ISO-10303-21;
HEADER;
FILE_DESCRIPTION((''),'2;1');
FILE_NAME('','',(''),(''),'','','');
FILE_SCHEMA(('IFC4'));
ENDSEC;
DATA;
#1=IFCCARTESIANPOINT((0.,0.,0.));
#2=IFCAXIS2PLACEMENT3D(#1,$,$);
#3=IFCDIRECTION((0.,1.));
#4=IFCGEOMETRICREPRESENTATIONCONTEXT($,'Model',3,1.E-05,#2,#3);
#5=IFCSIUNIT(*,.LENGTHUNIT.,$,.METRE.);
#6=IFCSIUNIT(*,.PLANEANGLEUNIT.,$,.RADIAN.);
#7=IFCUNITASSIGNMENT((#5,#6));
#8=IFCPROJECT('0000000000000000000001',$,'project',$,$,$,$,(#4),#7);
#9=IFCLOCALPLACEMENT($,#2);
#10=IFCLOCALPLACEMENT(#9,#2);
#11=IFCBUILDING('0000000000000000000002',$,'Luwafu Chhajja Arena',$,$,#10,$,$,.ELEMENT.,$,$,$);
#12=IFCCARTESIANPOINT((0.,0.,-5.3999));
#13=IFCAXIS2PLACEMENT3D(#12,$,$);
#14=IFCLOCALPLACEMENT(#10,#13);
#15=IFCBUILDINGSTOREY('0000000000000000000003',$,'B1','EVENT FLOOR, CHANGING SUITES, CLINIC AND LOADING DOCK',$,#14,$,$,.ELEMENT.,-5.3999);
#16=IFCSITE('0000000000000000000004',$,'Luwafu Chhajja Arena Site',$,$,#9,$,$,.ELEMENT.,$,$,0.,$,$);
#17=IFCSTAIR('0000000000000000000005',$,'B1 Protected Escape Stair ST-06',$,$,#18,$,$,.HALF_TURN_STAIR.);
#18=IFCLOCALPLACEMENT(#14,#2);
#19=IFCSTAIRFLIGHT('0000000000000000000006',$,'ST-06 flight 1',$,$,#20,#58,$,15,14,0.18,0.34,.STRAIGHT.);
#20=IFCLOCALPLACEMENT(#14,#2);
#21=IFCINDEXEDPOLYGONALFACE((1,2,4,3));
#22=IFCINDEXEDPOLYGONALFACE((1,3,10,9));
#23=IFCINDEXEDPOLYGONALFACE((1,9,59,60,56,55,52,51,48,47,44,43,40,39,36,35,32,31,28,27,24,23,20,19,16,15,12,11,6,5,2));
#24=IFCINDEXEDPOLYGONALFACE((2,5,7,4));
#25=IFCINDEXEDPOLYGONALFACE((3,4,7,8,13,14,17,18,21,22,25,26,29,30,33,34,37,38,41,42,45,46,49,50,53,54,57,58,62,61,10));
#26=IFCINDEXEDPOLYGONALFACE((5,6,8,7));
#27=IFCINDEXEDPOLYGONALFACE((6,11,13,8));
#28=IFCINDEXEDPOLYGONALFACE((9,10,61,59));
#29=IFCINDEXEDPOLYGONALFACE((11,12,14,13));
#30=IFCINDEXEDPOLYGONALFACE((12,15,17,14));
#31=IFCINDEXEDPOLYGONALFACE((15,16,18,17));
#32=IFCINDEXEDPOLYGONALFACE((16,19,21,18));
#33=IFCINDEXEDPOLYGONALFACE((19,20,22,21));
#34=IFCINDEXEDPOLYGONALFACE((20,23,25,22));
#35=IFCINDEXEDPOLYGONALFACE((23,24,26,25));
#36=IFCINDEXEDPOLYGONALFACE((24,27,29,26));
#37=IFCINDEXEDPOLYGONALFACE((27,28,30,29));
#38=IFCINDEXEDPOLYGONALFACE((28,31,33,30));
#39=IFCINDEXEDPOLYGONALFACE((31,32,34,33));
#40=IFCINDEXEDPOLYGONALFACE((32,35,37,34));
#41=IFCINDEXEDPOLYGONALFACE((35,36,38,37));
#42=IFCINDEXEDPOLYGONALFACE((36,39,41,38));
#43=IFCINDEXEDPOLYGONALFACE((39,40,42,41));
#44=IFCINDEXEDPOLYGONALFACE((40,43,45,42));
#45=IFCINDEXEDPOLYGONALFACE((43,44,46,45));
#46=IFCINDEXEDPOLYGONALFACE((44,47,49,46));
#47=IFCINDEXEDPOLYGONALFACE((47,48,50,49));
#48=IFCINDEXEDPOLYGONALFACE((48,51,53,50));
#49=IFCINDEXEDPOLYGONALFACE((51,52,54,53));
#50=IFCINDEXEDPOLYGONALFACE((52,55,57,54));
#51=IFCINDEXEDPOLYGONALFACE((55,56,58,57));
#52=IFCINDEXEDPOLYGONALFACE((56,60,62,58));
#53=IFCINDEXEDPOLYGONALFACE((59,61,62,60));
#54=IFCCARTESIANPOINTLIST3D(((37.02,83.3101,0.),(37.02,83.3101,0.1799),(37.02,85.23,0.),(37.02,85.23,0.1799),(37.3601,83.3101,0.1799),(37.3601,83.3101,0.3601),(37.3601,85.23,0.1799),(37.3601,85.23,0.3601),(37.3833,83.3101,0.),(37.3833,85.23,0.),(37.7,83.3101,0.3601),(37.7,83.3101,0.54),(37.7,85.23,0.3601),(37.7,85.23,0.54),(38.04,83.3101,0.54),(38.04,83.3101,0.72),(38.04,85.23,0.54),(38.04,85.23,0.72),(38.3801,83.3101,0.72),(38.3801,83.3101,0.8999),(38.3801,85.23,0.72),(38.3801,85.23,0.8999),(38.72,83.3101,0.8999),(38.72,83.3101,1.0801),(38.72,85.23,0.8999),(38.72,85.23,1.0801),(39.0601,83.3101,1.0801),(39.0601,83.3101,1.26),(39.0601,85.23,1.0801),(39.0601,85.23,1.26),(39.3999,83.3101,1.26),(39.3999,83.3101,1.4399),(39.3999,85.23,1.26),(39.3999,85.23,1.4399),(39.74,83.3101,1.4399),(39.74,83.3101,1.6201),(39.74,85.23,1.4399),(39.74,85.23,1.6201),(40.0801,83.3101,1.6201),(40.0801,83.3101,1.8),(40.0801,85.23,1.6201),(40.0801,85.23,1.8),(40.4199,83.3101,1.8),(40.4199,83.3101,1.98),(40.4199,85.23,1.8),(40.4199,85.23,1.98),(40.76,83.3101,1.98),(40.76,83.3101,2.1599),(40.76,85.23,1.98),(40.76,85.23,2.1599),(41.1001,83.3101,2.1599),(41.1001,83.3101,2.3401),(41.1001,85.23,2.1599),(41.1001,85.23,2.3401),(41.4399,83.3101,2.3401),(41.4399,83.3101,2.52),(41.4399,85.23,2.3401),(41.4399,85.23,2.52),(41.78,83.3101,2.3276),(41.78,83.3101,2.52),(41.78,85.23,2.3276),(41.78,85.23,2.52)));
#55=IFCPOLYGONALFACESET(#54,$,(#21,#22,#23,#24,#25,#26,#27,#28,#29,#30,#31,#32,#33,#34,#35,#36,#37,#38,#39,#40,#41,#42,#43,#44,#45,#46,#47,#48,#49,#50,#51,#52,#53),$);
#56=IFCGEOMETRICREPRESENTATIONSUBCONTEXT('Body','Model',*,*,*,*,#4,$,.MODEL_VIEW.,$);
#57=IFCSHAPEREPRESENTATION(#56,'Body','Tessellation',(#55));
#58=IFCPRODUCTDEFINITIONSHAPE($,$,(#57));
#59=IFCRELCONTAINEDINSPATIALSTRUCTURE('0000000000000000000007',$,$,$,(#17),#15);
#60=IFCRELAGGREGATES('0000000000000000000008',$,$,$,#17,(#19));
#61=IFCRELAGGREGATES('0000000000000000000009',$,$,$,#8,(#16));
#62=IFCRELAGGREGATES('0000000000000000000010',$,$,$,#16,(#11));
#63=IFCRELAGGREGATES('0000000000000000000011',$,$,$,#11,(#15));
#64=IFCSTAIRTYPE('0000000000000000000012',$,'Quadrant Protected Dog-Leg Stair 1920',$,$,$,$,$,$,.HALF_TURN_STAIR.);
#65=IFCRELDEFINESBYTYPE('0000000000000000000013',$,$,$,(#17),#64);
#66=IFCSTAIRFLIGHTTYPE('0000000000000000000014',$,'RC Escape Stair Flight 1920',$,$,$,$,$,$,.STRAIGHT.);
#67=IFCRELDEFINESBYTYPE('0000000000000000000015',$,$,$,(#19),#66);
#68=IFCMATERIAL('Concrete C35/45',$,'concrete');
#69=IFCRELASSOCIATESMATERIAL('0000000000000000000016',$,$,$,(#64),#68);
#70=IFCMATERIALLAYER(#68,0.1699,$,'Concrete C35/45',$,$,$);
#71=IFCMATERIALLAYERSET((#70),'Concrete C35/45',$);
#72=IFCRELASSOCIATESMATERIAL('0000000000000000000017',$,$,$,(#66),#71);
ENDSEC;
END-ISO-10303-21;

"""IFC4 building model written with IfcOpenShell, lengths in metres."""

from ifc_helpers import new_model, si_unit, direction, frame, origin, place, context, subcontext, project, spatial, polyline, outline, extrude, material, layer, layer_set, type_object, element, aggregate, save


model = new_model("IFC4")

# Units and contexts
model_context = context("Model", 3, precision=1e-05, world=origin(), true_north=direction((0.0, 1.0)))
body_context = subcontext(model_context, "Body", "Model", "MODEL_VIEW")
ifc_project = project(units=[si_unit("LENGTHUNIT", "METRE"), si_unit("PLANEANGLEUNIT", "RADIAN")], contexts=[model_context])

# Site, building, storey
site_placement = place(None, origin())
site = spatial("IfcSite", under=ifc_project, at=site_placement, Name="Luwafu Chhajja Arena Site", CompositionType="ELEMENT", RefElevation=0.0)
building_placement = place(site_placement, origin())
building = spatial("IfcBuilding", under=site, at=building_placement, Name="Luwafu Chhajja Arena", CompositionType="ELEMENT")
storey_placement = place(building_placement, frame((0.0, 0.0, -5.3999)))
storey = spatial("IfcBuildingStorey", under=building, at=storey_placement, Name="B1", Description="EVENT FLOOR, CHANGING SUITES, CLINIC AND LOADING DOCK", CompositionType="ELEMENT", Elevation=-5.3999)

# Shared definitions
ifc_material_1 = material(Name="Concrete C35/45", Category="concrete")

# Shared definitions
stair_type = type_object("IfcStairType", Name="Quadrant Protected Dog-Leg Stair 1920", PredefinedType="HALF_TURN_STAIR", material=ifc_material_1)
ifc_layer_1 = layer(ifc_material_1, 0.1699, Name="Concrete C35/45")
ifc_layer_set_1 = layer_set([ifc_layer_1], Name="Concrete C35/45")
stair_flight_type = type_object("IfcStairFlightType", Name="RC Escape Stair Flight 1920", PredefinedType="STRAIGHT", material=ifc_layer_set_1)

# Stair, stair flight
stair_1_placement = place(storey_placement, origin())
stair_1 = element("IfcStair", 1, at=stair_1_placement, inside=storey, type_object=stair_type, Name="B1 Protected Escape Stair ST-06", PredefinedType="HALF_TURN_STAIR")
stair_flight_1_placement = place(storey_placement, frame((37.02, 84.27, 0.0), z_axis=(0.0, 0.0, 1.0), x_axis=(1.0, 0.0, 0.0)))
stair_flight_1 = element("IfcStairFlight", 2, at=stair_flight_1_placement, type_object=stair_flight_type, Name="ST-06 flight 1", NumberOfRisers=15, NumberOfTreads=14, PredefinedType="STRAIGHT", RiserHeight=0.18, TreadLength=0.34, context=body_context, shape_type="SweptSolid", body=[
    extrude(outline(polyline([(0.0, 0.0), (0.0, 0.1799), (0.3401, 0.1799), (0.3401, 0.3601), (0.6799, 0.3601), (0.6799, 0.54), (1.02, 0.54), (1.02, 0.72), (1.3601, 0.72), (1.3601, 0.8999), (1.7, 0.8999), (1.7, 1.0801), (2.04, 1.0801), (2.04, 1.26), (2.3799, 1.26), (2.3799, 1.4399), (2.72, 1.4399), (2.72, 1.6201), (3.0601, 1.6201), (3.0601, 1.8), (3.3999, 1.8), (3.3999, 1.98), (3.74, 1.98), (3.74, 2.1599), (4.0801, 2.1599), (4.0801, 2.3401), (4.4199, 2.3401), (4.4199, 2.52), (4.76, 2.52), (4.76, 2.7), (4.76, 2.3276), (0.3633, 0.0), (0.0, 0.0)])), frame((0.0, 0.96, 0.0), z_axis=(0.0, -1.0, 0.0), x_axis=(1.0, 0.0, 0.0)), (0.0, 0.0, 1.0), 1.9199),
])
aggregate(stair_1, [stair_flight_1])

save(model, "model.ifc")
